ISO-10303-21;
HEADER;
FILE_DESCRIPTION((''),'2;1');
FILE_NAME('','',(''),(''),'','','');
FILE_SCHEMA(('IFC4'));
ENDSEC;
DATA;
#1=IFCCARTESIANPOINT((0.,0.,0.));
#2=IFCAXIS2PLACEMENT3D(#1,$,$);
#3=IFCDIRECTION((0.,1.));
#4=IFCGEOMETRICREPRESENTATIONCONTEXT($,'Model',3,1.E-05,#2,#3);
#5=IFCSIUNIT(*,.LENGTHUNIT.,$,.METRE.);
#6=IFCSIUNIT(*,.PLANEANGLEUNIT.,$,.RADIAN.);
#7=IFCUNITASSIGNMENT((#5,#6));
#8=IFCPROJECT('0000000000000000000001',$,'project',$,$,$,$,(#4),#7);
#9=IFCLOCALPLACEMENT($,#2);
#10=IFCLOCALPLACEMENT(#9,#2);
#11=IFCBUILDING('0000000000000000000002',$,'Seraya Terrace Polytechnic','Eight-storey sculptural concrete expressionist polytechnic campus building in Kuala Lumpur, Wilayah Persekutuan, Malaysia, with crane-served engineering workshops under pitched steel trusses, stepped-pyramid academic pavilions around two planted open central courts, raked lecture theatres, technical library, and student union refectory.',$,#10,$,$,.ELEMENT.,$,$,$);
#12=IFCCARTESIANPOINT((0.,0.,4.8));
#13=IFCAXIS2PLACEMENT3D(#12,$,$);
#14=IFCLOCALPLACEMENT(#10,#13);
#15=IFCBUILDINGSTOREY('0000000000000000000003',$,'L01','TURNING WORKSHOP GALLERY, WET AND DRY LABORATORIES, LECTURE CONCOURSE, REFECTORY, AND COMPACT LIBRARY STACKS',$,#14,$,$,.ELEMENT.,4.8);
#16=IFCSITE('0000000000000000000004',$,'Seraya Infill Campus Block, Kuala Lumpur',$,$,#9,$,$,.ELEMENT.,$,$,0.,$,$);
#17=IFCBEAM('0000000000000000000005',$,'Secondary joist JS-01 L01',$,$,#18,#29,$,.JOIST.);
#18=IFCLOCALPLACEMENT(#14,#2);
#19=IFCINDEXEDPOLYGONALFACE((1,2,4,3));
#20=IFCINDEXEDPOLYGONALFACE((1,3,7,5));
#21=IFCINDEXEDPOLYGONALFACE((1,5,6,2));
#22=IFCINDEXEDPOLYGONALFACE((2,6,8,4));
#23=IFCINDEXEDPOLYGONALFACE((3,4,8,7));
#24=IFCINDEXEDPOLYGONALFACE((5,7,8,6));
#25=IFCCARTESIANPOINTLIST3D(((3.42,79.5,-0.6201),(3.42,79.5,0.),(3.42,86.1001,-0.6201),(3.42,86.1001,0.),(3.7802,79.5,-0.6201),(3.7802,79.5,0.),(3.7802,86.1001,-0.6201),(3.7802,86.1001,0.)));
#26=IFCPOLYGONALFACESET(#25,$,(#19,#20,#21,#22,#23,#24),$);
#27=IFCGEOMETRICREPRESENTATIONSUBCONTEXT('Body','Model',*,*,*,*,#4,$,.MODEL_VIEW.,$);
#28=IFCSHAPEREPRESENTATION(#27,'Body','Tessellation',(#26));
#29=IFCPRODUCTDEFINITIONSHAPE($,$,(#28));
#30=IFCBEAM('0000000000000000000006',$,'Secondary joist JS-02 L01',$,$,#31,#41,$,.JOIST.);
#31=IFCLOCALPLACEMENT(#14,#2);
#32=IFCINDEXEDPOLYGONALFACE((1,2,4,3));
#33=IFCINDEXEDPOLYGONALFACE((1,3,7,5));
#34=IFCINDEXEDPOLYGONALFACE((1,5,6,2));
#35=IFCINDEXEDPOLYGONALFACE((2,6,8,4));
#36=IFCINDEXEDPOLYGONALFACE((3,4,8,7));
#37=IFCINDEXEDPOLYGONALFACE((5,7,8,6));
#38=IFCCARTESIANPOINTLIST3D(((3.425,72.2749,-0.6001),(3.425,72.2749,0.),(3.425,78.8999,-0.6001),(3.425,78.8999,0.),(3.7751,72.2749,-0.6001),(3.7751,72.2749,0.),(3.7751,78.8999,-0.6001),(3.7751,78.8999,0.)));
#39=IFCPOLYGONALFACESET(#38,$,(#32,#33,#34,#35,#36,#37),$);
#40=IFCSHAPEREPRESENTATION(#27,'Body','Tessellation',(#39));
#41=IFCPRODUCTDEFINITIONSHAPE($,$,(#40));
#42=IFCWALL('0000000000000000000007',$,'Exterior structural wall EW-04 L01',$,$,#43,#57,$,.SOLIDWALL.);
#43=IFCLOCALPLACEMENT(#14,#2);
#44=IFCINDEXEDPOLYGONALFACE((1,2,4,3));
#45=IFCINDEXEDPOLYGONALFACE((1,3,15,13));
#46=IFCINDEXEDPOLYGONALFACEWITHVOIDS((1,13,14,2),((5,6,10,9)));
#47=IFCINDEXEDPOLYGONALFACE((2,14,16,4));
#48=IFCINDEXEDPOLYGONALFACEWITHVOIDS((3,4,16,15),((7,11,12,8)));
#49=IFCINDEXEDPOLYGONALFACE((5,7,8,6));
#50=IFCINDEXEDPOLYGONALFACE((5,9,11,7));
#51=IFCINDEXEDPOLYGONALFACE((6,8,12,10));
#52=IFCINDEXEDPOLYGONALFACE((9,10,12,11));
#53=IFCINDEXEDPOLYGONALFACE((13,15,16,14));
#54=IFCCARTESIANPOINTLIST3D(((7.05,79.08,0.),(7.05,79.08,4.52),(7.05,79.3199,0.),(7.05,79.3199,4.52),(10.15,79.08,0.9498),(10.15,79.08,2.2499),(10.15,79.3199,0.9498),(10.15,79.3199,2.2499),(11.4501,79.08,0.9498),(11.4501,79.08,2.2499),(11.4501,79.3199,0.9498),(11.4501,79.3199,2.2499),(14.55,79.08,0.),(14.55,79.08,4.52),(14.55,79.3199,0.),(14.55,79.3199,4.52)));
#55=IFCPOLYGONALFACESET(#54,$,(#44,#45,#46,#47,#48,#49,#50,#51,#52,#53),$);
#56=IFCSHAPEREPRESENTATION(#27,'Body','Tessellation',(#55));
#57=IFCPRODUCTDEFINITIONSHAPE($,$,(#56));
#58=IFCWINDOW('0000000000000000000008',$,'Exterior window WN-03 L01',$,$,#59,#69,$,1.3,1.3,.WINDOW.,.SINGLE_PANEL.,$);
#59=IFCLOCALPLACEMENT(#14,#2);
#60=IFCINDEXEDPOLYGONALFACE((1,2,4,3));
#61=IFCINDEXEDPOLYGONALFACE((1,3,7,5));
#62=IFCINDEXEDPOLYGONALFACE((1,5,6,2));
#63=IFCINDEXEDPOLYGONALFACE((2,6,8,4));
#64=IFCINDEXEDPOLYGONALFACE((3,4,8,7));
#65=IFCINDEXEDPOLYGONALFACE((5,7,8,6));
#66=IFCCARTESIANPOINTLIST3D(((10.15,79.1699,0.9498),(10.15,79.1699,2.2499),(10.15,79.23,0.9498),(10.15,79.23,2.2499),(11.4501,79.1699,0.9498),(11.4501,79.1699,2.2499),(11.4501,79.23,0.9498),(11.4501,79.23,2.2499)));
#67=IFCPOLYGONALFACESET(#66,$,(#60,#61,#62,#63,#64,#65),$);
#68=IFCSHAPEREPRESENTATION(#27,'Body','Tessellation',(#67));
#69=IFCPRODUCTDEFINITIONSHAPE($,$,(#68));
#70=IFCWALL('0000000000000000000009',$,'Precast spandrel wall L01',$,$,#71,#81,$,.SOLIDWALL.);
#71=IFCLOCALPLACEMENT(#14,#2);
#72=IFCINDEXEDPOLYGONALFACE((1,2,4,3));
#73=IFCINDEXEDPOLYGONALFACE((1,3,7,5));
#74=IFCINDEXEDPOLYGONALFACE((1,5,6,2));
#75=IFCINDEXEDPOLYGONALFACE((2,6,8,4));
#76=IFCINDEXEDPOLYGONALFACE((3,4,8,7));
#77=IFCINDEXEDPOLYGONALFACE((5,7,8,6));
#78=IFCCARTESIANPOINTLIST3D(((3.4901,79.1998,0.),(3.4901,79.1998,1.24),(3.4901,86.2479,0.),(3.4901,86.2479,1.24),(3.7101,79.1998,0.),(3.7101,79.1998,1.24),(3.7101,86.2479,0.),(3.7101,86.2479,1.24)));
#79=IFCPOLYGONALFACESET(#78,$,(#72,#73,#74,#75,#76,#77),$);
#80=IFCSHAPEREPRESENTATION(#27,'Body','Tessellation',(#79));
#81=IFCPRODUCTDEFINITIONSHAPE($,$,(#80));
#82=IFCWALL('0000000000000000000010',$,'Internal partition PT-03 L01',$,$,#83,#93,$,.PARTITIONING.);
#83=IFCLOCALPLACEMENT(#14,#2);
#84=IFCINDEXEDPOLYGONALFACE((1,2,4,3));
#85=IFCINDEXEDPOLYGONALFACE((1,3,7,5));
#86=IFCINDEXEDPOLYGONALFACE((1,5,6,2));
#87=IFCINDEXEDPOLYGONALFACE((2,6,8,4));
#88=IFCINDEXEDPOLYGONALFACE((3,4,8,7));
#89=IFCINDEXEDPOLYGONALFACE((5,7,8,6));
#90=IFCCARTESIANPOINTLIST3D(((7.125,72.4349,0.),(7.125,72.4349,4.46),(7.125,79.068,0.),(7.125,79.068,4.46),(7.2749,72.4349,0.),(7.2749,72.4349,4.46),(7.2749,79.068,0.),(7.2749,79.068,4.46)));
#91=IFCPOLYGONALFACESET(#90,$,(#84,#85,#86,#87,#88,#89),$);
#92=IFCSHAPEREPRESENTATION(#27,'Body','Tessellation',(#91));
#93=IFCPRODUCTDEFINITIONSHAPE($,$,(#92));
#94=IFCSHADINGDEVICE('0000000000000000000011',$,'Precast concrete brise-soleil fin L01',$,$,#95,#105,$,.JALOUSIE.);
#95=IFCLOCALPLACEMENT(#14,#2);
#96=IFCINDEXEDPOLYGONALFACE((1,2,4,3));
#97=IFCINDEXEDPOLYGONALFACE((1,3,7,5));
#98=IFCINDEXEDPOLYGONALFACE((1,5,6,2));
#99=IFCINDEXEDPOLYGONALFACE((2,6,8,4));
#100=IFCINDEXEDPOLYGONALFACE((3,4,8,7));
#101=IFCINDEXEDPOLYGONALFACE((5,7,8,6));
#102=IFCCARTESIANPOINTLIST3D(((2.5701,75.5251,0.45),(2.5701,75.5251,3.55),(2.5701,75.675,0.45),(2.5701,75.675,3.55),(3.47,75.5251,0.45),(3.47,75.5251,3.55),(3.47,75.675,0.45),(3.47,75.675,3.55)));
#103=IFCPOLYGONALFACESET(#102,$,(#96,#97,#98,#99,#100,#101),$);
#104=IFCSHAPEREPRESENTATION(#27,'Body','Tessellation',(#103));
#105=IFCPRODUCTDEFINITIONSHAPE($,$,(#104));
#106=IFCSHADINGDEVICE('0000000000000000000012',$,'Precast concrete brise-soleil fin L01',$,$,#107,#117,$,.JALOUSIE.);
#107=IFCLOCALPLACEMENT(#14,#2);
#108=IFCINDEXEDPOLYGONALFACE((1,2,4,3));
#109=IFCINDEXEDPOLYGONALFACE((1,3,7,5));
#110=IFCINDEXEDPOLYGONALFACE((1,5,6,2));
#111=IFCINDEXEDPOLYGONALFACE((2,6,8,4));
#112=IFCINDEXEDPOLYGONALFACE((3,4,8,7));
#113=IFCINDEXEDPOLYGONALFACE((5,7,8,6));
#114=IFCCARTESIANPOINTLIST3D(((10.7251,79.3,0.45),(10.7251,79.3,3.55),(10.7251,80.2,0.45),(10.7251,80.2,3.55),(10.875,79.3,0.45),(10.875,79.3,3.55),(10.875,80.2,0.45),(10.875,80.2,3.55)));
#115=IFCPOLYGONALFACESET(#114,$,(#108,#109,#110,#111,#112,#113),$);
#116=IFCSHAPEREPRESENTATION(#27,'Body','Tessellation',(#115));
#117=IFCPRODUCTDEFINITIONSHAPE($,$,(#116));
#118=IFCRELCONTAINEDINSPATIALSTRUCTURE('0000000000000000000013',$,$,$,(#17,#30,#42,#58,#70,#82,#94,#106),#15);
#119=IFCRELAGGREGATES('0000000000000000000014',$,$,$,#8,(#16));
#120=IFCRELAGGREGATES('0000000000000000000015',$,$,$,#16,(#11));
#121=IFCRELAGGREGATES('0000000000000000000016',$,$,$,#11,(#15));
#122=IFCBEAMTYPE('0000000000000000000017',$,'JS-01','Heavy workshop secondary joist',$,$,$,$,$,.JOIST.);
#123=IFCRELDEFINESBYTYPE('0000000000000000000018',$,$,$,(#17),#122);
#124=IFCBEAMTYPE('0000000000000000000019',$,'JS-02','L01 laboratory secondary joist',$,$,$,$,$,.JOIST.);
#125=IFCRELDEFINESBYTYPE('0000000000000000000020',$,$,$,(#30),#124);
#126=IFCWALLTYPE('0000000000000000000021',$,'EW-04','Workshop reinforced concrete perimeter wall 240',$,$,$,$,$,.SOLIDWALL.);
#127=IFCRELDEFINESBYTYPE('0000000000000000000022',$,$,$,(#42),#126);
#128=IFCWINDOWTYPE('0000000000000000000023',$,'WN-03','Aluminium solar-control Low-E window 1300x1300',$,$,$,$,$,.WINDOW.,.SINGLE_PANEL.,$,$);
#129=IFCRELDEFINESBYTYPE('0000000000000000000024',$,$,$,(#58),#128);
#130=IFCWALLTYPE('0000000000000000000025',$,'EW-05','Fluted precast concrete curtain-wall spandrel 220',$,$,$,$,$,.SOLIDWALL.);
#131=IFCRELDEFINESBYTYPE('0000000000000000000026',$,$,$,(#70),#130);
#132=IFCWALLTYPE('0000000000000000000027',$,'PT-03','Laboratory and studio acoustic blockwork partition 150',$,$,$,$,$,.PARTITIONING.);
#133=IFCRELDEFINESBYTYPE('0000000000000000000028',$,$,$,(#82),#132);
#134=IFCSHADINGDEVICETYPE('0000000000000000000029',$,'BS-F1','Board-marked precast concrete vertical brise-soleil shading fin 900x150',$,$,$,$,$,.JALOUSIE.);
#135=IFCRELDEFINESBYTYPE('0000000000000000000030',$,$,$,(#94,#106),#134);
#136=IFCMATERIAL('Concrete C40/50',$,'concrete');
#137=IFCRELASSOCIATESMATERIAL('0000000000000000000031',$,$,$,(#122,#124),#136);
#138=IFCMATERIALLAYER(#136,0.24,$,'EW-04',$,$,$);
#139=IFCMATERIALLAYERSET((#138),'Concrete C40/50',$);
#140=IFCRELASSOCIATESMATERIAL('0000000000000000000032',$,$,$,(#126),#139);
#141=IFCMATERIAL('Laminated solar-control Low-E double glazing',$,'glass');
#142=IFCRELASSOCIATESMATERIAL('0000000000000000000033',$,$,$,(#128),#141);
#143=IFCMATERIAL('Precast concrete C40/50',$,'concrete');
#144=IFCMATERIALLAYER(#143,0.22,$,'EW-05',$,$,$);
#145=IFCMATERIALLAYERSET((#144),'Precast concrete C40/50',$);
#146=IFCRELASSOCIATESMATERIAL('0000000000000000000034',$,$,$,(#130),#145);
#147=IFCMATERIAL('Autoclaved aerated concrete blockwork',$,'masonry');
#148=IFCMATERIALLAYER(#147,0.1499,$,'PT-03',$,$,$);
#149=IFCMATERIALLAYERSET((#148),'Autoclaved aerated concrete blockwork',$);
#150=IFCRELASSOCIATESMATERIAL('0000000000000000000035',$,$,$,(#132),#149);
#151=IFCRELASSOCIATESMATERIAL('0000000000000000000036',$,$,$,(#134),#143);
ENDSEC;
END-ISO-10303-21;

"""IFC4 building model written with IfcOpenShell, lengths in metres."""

from ifc_helpers import new_model, si_unit, direction, frame, frame_2d, origin, origin_2d, place, context, subcontext, project, spatial, rectangle, extrude, material, layer, layer_set, material_profile, profile_set, type_object, element, fill, save


model = new_model("IFC4")

# Units and contexts
model_context = context("Model", 3, precision=1e-05, world=origin(), true_north=direction((0.0, 1.0)))
body_context = subcontext(model_context, "Body", "Model", "MODEL_VIEW")
ifc_project = project(units=[si_unit("LENGTHUNIT", "METRE"), si_unit("PLANEANGLEUNIT", "RADIAN")], contexts=[model_context])

# Site, building, storey
site_placement = place(None, origin())
site = spatial("IfcSite", under=ifc_project, at=site_placement, Name="Seraya Infill Campus Block, Kuala Lumpur", CompositionType="ELEMENT", RefElevation=0.0)
building_placement = place(site_placement, origin())
building = spatial("IfcBuilding", under=site, at=building_placement, Name="Seraya Terrace Polytechnic", Description="Eight-storey sculptural concrete expressionist polytechnic campus building in Kuala Lumpur, Wilayah Persekutuan, Malaysia, with crane-served engineering workshops under pitched steel trusses, stepped-pyramid academic pavilions around two planted open central courts, raked lecture theatres, technical library, and student union refectory.", CompositionType="ELEMENT")
storey_placement = place(building_placement, frame((0.0, 0.0, 4.8)))
storey = spatial("IfcBuildingStorey", under=building, at=storey_placement, Name="L01", Description="TURNING WORKSHOP GALLERY, WET AND DRY LABORATORIES, LECTURE CONCOURSE, REFECTORY, AND COMPACT LIBRARY STACKS", CompositionType="ELEMENT", Elevation=4.8)

# Shared definitions
ifc_material_1 = material(Name="Concrete C40/50", Category="concrete")

# Beams
ifc_material_profile_1 = material_profile(ifc_material_1, rectangle(XDim=0.3601, YDim=0.6201, at=origin_2d()), Name="RC 360x620")
ifc_profile_set_1 = profile_set([ifc_material_profile_1], Name="Concrete C40/50")
beam_type_1 = type_object("IfcBeamType", Name="JS-01", Description="Heavy workshop secondary joist", PredefinedType="JOIST", material=ifc_profile_set_1)
beam_1_placement = place(storey_placement, frame((3.6001, 79.5, -0.3101), z_axis=(0.0, 1.0, 0.0), x_axis=(-1.0, 0.0, 0.0)))
element("IfcBeam", 1, at=beam_1_placement, inside=storey, type_object=beam_type_1, Name="Secondary joist JS-01 L01", PredefinedType="JOIST", context=body_context, shape_type="SweptSolid", body=[
    extrude(rectangle(XDim=0.3601, YDim=0.6201, at=origin_2d()), origin(), (0.0, 0.0, 1.0), 6.6001),
])
ifc_material_profile_2 = material_profile(ifc_material_1, rectangle(XDim=0.3501, YDim=0.6001, at=origin_2d()), Name="RC 350x600")
ifc_profile_set_2 = profile_set([ifc_material_profile_2], Name="Concrete C40/50")
beam_type_2 = type_object("IfcBeamType", Name="JS-02", Description="L01 laboratory secondary joist", PredefinedType="JOIST", material=ifc_profile_set_2)
beam_2_placement = place(storey_placement, frame((3.6001, 72.2749, -0.3), z_axis=(0.0, 1.0, 0.0), x_axis=(-1.0, 0.0, 0.0)))
element("IfcBeam", 2, at=beam_2_placement, inside=storey, type_object=beam_type_2, Name="Secondary joist JS-02 L01", PredefinedType="JOIST", context=body_context, shape_type="SweptSolid", body=[
    extrude(rectangle(XDim=0.3501, YDim=0.6001, at=origin_2d()), origin(), (0.0, 0.0, 1.0), 6.625),
])

# Wall, opening, window
ifc_layer_1 = layer(ifc_material_1, 0.24, Name="EW-04")
ifc_layer_set_1 = layer_set([ifc_layer_1], Name="Concrete C40/50")
wall_type_1 = type_object("IfcWallType", Name="EW-04", Description="Workshop reinforced concrete perimeter wall 240", PredefinedType="SOLIDWALL", material=ifc_layer_set_1)
wall_1_placement = place(storey_placement, frame((7.05, 79.2, 0.0), z_axis=(0.0, 0.0, 1.0), x_axis=(1.0, 0.0, 0.0)))
wall_1 = element("IfcWall", 3, at=wall_1_placement, inside=storey, type_object=wall_type_1, Name="Exterior structural wall EW-04 L01", PredefinedType="SOLIDWALL", context=body_context, shape_type="SweptSolid", body=[
    extrude(rectangle(XDim=7.5, YDim=0.24, at=frame_2d((3.75, 0.0))), origin(), (0.0, 0.0, 1.0), 4.52),
])
opening_placement = place(wall_1_placement, frame((3.1001, 0.0, 0.95)))
opening = element("IfcOpeningElement", 4, at=opening_placement, cuts=wall_1, PredefinedType="OPENING", context=body_context, shape_type="SweptSolid", body=[
    extrude(rectangle(XDim=1.3, YDim=1.3, at=frame_2d((0.6499, 0.6499))), frame((0.0, 0.1318, 0.0), z_axis=(0.0, -1.0, 0.0), x_axis=(1.0, 0.0, 0.0)), (0.0, 0.0, 1.0), 0.2639),
])
ifc_material_2 = material(Name="Laminated solar-control Low-E double glazing", Category="glass")
window_type = type_object("IfcWindowType", Name="WN-03", Description="Aluminium solar-control Low-E window 1300x1300", PartitioningType="SINGLE_PANEL", PredefinedType="WINDOW", material=ifc_material_2)
window_placement = place(opening_placement, origin())
window = element("IfcWindow", 5, at=window_placement, inside=storey, type_object=window_type, Name="Exterior window WN-03 L01", OverallHeight=1.3, OverallWidth=1.3, PartitioningType="SINGLE_PANEL", PredefinedType="WINDOW", context=body_context, shape_type="SweptSolid", body=[
    extrude(rectangle(XDim=1.3, YDim=1.3, at=frame_2d((0.6499, 0.6499))), frame((0.0, 0.03, 0.0), z_axis=(0.0, -1.0, 0.0), x_axis=(1.0, 0.0, 0.0)), (0.0, 0.0, 1.0), 0.0601),
])
fill(opening, window)

# Walls
ifc_material_3 = material(Name="Precast concrete C40/50", Category="concrete")
ifc_layer_2 = layer(ifc_material_3, 0.22, Name="EW-05")
ifc_layer_set_2 = layer_set([ifc_layer_2], Name="Precast concrete C40/50")
wall_type_2 = type_object("IfcWallType", Name="EW-05", Description="Fluted precast concrete curtain-wall spandrel 220", PredefinedType="SOLIDWALL", material=ifc_layer_set_2)
wall_2_placement = place(storey_placement, frame((3.6001, 79.2, 0.0), z_axis=(0.0, 0.0, 1.0), x_axis=(0.0, 1.0, 0.0)))
element("IfcWall", 6, at=wall_2_placement, inside=storey, type_object=wall_type_2, Name="Precast spandrel wall L01", PredefinedType="SOLIDWALL", context=body_context, shape_type="SweptSolid", body=[
    extrude(rectangle(XDim=7.0481, YDim=0.22, at=frame_2d((3.5239, 0.0))), origin(), (0.0, 0.0, 1.0), 1.24),
])
ifc_material_4 = material(Name="Autoclaved aerated concrete blockwork", Category="masonry")
ifc_layer_3 = layer(ifc_material_4, 0.1499, Name="PT-03")
ifc_layer_set_3 = layer_set([ifc_layer_3], Name="Autoclaved aerated concrete blockwork")
wall_type_3 = type_object("IfcWallType", Name="PT-03", Description="Laboratory and studio acoustic blockwork partition 150", PredefinedType="PARTITIONING", material=ifc_layer_set_3)
wall_3_placement = place(storey_placement, frame((7.2, 72.4351, 0.0), z_axis=(0.0, 0.0, 1.0), x_axis=(0.0, 1.0, 0.0)))
element("IfcWall", 7, at=wall_3_placement, inside=storey, type_object=wall_type_3, Name="Internal partition PT-03 L01", PredefinedType="PARTITIONING", context=body_context, shape_type="SweptSolid", body=[
    extrude(rectangle(XDim=6.6331, YDim=0.1499, at=frame_2d((3.3164, 0.0))), origin(), (0.0, 0.0, 1.0), 4.46),
])

# Shading devices
shading_device_type = type_object("IfcShadingDeviceType", Name="BS-F1", Description="Board-marked precast concrete vertical brise-soleil shading fin 900x150", PredefinedType="JALOUSIE", material=ifc_material_3)
for number, where, z_axis, x_axis, name in (
    (8, (3.02, 75.6001, 0.45), (0.0, 0.0, 1.0), (-1.0, 0.0, 0.0), "Precast concrete brise-soleil fin L01"),
    (9, (10.8, 79.75, 0.45), (0.0, 0.0, 1.0), (0.0, 1.0, 0.0), "Precast concrete brise-soleil fin L01"),
):
    element("IfcShadingDevice", number, at=place(storey_placement, frame(where, z_axis=z_axis, x_axis=x_axis)), inside=storey, type_object=shading_device_type, Name=name, PredefinedType="JALOUSIE", context=body_context, shape_type="SweptSolid", body=[
        extrude(rectangle(XDim=0.8999, YDim=0.1499, at=origin_2d()), origin(), (0.0, 0.0, 1.0), 3.1001),
    ])

save(model, "model.ifc")
